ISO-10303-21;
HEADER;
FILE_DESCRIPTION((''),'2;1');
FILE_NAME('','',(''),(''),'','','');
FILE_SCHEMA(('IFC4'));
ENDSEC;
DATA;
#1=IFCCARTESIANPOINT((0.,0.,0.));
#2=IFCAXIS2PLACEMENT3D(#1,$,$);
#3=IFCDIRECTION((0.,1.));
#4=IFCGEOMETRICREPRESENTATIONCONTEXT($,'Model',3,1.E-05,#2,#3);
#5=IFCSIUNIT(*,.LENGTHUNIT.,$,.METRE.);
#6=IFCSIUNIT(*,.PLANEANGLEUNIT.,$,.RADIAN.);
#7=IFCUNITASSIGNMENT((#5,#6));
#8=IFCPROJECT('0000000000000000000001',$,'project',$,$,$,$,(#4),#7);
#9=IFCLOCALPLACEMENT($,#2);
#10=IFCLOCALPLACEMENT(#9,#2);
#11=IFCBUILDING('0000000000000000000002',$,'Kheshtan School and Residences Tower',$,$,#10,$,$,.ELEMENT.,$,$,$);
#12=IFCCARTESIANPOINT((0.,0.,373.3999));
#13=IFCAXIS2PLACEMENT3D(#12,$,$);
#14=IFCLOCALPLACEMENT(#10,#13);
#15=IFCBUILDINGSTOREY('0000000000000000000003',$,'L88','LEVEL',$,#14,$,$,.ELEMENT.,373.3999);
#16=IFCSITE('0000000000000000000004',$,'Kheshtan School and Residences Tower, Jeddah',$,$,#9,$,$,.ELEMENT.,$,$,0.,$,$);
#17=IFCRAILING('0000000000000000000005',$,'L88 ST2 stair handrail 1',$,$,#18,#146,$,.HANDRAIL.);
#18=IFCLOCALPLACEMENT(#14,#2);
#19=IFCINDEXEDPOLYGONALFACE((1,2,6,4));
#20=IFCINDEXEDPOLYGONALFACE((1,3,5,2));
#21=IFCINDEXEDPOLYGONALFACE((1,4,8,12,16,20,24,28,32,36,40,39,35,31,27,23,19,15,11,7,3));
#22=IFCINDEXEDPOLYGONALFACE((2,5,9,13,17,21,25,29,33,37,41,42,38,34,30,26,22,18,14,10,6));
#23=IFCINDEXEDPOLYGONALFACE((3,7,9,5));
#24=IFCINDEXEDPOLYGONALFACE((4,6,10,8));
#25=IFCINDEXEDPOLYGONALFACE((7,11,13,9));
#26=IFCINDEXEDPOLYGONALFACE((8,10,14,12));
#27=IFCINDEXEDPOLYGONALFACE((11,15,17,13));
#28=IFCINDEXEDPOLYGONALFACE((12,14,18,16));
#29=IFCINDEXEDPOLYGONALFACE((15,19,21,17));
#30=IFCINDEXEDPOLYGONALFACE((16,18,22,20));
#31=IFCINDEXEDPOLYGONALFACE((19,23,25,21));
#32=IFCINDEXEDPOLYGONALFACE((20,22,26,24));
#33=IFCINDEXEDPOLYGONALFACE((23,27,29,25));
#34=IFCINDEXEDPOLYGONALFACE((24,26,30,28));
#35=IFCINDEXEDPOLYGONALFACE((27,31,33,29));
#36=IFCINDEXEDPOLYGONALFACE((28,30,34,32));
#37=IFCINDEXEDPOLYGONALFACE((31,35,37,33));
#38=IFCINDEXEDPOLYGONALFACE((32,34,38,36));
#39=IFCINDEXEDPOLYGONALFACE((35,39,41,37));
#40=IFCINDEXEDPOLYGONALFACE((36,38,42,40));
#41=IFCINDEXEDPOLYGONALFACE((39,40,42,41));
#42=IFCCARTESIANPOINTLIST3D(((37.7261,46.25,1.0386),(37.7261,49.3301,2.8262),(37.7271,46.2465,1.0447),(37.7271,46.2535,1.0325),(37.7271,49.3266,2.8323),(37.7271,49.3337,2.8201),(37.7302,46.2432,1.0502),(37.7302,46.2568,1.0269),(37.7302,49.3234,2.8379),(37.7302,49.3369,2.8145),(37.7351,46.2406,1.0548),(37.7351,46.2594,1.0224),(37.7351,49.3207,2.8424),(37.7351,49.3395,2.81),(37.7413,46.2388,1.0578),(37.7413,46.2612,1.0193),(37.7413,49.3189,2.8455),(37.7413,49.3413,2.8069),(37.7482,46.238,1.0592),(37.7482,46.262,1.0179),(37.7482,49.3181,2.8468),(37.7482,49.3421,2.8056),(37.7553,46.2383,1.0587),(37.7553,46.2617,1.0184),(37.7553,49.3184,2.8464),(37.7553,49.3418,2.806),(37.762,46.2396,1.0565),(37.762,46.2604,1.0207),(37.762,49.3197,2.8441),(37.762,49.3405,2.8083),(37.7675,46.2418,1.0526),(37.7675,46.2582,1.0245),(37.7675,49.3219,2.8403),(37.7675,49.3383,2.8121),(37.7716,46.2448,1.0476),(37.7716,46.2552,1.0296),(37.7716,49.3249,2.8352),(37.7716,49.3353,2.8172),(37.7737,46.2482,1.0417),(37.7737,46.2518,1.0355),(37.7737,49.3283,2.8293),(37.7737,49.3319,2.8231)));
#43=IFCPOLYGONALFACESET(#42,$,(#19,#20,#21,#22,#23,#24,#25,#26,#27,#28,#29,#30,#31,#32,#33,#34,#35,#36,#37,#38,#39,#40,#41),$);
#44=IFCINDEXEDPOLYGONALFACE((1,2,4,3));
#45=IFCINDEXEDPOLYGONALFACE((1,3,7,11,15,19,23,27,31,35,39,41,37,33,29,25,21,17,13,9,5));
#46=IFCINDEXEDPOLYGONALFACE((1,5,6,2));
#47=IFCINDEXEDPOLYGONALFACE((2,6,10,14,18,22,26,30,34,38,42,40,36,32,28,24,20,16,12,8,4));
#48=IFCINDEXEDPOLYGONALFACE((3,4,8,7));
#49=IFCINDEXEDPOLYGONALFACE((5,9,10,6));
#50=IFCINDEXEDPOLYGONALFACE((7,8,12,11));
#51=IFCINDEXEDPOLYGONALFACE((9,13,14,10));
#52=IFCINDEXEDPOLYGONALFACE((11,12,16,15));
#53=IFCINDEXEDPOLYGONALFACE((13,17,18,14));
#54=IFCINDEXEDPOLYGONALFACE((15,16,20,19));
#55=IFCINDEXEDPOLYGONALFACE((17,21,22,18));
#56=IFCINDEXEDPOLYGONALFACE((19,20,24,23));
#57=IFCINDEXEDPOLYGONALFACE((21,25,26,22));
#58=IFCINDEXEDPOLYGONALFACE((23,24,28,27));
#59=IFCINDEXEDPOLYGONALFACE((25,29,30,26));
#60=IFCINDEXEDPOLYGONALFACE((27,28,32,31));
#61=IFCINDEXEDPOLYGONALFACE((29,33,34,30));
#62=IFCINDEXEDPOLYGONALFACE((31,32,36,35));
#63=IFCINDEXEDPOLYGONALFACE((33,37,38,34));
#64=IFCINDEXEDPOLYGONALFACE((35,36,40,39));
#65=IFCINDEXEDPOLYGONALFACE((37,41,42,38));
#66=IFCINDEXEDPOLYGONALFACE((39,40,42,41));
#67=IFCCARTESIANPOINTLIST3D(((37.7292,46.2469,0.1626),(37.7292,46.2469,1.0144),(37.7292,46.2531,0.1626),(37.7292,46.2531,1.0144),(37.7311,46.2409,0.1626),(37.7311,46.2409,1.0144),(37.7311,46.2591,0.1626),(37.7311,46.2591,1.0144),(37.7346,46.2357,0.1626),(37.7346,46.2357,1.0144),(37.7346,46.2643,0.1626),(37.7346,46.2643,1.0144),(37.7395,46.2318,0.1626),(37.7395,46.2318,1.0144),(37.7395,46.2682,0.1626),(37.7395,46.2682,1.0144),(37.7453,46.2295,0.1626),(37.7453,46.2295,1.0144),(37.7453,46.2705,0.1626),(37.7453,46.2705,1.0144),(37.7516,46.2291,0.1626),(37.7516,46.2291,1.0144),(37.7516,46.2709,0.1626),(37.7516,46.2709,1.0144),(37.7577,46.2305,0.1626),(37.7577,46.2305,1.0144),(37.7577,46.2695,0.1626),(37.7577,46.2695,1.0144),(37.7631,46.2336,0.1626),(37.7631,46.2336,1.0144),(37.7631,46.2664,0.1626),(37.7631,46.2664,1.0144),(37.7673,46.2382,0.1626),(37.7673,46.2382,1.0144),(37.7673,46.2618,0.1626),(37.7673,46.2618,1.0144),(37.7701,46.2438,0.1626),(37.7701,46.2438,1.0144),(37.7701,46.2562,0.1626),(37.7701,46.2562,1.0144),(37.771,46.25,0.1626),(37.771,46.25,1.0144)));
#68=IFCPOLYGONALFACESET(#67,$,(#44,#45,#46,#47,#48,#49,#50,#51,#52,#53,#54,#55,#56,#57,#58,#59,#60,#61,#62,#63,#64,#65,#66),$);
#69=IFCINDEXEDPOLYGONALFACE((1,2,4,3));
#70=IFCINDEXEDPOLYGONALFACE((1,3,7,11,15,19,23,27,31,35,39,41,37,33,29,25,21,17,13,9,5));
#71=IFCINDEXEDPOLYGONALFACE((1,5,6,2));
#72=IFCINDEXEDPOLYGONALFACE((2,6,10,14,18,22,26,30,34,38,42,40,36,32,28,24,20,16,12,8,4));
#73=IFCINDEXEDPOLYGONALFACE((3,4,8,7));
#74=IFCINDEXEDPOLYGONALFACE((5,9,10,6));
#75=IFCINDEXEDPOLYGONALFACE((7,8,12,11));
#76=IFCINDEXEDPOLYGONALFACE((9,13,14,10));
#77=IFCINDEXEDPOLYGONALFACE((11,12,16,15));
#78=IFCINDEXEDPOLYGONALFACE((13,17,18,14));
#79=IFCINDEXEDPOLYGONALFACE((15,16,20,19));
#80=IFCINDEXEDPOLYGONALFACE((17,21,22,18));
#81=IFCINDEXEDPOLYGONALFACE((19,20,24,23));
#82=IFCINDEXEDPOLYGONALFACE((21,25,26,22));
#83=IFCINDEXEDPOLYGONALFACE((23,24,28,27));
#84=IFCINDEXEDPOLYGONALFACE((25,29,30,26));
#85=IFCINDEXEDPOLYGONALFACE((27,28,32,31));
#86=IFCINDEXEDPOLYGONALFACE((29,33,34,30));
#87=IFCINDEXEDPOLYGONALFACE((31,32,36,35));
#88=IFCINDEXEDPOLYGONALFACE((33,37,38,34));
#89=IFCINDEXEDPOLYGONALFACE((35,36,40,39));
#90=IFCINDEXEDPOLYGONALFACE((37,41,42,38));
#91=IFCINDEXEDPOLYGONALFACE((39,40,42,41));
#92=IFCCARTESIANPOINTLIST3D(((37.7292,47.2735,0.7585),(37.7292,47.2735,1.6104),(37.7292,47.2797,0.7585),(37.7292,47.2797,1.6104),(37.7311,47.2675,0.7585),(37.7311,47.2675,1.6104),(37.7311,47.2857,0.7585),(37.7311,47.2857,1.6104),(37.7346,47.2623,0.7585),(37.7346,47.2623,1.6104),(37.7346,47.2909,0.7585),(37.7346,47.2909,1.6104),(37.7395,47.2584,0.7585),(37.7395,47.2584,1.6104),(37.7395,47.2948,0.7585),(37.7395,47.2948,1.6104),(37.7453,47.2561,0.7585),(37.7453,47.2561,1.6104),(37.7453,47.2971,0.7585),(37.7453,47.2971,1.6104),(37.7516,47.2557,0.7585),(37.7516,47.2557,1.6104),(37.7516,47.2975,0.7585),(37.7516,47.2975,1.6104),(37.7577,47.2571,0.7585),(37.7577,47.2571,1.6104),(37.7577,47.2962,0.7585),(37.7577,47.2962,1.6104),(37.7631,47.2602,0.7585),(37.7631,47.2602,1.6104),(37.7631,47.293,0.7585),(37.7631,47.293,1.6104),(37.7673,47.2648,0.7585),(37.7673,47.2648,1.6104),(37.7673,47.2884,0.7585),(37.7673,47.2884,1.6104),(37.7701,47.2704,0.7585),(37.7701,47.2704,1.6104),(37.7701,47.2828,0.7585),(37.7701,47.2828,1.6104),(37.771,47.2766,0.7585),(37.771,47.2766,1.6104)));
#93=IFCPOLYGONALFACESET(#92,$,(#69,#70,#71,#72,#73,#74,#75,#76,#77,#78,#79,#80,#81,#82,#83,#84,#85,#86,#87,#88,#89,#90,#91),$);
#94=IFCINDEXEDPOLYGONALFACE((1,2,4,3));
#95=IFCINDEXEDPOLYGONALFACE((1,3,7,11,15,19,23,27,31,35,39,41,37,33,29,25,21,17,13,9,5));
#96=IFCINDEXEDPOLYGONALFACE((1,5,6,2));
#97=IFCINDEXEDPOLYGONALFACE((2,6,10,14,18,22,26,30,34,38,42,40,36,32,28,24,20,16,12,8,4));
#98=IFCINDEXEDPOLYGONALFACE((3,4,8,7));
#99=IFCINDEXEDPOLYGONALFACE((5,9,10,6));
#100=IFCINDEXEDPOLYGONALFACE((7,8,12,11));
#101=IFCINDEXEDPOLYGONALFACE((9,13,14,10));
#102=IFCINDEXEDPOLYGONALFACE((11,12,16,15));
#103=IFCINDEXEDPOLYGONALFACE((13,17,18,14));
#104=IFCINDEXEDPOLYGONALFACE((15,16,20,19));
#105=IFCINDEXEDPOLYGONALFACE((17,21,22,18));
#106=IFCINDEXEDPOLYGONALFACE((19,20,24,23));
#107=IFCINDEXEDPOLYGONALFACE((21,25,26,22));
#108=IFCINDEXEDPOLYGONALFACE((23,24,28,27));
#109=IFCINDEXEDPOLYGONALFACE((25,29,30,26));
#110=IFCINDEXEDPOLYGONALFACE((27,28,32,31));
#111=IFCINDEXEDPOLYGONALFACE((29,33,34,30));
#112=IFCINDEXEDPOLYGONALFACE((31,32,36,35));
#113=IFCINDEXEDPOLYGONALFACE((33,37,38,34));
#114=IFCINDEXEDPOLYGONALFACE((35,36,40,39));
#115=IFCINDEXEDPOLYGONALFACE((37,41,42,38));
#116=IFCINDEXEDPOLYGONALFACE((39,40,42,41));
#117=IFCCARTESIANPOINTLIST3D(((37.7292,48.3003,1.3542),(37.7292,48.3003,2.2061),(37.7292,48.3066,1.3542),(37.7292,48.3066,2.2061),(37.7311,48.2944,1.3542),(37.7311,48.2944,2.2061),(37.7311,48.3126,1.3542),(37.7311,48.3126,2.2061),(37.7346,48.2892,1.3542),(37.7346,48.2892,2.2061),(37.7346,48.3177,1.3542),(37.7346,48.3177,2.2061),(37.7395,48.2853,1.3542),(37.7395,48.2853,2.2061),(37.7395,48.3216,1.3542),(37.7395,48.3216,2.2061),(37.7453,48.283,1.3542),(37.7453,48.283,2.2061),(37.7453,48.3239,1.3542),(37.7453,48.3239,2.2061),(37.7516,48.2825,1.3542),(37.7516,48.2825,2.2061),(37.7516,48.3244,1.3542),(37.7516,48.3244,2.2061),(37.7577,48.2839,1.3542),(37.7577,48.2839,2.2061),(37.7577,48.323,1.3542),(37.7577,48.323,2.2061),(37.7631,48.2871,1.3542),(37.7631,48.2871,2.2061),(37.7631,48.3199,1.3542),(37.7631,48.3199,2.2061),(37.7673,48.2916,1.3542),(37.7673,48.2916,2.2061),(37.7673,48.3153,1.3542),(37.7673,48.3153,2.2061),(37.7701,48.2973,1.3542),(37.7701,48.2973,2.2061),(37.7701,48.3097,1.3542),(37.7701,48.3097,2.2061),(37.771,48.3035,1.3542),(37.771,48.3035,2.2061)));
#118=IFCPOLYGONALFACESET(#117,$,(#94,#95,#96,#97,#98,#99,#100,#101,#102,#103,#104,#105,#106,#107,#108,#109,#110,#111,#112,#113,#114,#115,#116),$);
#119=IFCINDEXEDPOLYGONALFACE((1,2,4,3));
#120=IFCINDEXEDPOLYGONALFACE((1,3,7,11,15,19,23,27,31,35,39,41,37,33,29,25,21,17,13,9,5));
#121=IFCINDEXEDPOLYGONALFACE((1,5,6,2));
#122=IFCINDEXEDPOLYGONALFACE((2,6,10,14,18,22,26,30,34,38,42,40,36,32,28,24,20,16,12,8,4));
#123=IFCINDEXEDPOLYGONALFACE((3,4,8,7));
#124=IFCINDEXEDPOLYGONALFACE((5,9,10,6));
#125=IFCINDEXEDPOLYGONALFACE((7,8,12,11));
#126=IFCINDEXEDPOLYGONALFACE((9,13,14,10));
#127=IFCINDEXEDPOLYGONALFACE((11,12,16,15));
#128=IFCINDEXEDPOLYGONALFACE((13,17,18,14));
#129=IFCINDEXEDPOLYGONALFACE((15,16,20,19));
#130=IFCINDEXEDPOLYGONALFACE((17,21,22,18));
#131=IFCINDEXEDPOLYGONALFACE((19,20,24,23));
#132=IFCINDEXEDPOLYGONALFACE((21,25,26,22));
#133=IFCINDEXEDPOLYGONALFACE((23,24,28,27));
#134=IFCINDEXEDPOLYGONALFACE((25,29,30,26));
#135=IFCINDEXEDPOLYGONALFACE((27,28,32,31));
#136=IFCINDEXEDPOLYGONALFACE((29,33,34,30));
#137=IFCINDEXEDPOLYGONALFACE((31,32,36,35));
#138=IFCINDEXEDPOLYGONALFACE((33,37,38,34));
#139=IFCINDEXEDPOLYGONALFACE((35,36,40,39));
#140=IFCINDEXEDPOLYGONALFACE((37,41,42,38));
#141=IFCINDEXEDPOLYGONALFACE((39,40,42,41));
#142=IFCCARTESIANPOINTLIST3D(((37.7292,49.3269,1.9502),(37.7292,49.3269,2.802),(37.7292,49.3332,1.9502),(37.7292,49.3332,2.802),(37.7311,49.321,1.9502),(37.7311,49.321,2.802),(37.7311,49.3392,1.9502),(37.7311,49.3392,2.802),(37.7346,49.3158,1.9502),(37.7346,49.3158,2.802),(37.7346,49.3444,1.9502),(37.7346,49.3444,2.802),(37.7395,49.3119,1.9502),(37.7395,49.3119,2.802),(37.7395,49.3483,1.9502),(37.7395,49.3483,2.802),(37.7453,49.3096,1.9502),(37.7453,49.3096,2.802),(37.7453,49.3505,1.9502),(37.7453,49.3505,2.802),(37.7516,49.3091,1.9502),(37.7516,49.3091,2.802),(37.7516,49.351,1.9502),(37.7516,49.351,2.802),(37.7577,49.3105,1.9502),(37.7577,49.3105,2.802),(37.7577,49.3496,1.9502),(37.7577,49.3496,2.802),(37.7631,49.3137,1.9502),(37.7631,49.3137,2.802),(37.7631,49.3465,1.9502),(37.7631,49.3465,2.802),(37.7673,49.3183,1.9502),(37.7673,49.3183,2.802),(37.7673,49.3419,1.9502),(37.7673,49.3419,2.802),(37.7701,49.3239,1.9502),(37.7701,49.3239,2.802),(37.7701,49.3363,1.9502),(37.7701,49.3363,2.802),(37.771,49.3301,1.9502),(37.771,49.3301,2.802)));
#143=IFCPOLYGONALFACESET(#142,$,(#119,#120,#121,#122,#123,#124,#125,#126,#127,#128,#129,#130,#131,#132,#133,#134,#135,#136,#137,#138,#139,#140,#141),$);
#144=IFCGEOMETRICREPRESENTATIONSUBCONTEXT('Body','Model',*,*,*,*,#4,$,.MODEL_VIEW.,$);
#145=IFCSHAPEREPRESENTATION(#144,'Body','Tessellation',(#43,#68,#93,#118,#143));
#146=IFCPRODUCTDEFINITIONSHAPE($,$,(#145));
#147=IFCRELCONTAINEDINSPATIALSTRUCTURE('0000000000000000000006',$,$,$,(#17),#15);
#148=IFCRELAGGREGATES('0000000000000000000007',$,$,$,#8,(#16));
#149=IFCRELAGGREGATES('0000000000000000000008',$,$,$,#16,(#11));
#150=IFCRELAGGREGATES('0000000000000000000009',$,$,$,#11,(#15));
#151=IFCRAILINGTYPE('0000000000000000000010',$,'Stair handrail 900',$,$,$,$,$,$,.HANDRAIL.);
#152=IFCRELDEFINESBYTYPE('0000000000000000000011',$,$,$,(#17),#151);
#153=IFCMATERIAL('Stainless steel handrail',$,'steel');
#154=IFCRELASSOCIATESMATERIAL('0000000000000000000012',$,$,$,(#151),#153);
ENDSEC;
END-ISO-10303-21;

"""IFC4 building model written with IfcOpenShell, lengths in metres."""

from ifc_helpers import new_model, si_unit, direction, frame, origin, origin_2d, place, context, subcontext, project, spatial, circle, extrude, material, type_object, element, save


model = new_model("IFC4")

# Units and contexts
model_context = context("Model", 3, precision=1e-05, world=origin(), true_north=direction((0.0, 1.0)))
body_context = subcontext(model_context, "Body", "Model", "MODEL_VIEW")
ifc_project = project(units=[si_unit("LENGTHUNIT", "METRE"), si_unit("PLANEANGLEUNIT", "RADIAN")], contexts=[model_context])

# Site, building, storey
site_placement = place(None, origin())
site = spatial("IfcSite", under=ifc_project, at=site_placement, Name="Kheshtan School and Residences Tower, Jeddah", CompositionType="ELEMENT", RefElevation=0.0)
building_placement = place(site_placement, origin())
building = spatial("IfcBuilding", under=site, at=building_placement, Name="Kheshtan School and Residences Tower", CompositionType="ELEMENT")
storey_placement = place(building_placement, frame((0.0, 0.0, 373.3999)))
storey = spatial("IfcBuildingStorey", under=building, at=storey_placement, Name="L88", Description="LEVEL", CompositionType="ELEMENT", Elevation=373.3999)

# Railing
ifc_material_1 = material(Name="Stainless steel handrail", Category="steel")
railing_type_1 = type_object("IfcRailingType", Name="Stair handrail 900", PredefinedType="HANDRAIL", material=ifc_material_1)
railing_1_placement = place(storey_placement, frame((37.75, 46.25, 0.1626)))
element("IfcRailing", 1, at=railing_1_placement, inside=storey, type_object=railing_type_1, Name="L88 ST2 stair handrail 1", PredefinedType="HANDRAIL", context=body_context, shape_type="SweptSolid", body=[
    extrude(circle(Radius=0.0239, at=origin_2d()), frame((0.0, 0.0, 0.876), z_axis=(0.0, 0.864891, 0.50196), x_axis=(-1.0, 0.0, 0.0)), (0.0, 0.0, 1.0), 3.5613),
    extrude(circle(Radius=0.021, at=origin_2d()), origin(), (0.0, 0.0, 1.0), 0.8518),
    extrude(circle(Radius=0.021, at=origin_2d()), frame((0.0, 1.0266, 0.5959)), (0.0, 0.0, 1.0), 0.8518),
    extrude(circle(Radius=0.021, at=origin_2d()), frame((0.0, 2.0535, 1.1917)), (0.0, 0.0, 1.0), 0.8518),
    extrude(circle(Radius=0.021, at=origin_2d()), frame((0.0, 3.0801, 1.7876)), (0.0, 0.0, 1.0), 0.8518),
])

save(model, "model.ifc")
